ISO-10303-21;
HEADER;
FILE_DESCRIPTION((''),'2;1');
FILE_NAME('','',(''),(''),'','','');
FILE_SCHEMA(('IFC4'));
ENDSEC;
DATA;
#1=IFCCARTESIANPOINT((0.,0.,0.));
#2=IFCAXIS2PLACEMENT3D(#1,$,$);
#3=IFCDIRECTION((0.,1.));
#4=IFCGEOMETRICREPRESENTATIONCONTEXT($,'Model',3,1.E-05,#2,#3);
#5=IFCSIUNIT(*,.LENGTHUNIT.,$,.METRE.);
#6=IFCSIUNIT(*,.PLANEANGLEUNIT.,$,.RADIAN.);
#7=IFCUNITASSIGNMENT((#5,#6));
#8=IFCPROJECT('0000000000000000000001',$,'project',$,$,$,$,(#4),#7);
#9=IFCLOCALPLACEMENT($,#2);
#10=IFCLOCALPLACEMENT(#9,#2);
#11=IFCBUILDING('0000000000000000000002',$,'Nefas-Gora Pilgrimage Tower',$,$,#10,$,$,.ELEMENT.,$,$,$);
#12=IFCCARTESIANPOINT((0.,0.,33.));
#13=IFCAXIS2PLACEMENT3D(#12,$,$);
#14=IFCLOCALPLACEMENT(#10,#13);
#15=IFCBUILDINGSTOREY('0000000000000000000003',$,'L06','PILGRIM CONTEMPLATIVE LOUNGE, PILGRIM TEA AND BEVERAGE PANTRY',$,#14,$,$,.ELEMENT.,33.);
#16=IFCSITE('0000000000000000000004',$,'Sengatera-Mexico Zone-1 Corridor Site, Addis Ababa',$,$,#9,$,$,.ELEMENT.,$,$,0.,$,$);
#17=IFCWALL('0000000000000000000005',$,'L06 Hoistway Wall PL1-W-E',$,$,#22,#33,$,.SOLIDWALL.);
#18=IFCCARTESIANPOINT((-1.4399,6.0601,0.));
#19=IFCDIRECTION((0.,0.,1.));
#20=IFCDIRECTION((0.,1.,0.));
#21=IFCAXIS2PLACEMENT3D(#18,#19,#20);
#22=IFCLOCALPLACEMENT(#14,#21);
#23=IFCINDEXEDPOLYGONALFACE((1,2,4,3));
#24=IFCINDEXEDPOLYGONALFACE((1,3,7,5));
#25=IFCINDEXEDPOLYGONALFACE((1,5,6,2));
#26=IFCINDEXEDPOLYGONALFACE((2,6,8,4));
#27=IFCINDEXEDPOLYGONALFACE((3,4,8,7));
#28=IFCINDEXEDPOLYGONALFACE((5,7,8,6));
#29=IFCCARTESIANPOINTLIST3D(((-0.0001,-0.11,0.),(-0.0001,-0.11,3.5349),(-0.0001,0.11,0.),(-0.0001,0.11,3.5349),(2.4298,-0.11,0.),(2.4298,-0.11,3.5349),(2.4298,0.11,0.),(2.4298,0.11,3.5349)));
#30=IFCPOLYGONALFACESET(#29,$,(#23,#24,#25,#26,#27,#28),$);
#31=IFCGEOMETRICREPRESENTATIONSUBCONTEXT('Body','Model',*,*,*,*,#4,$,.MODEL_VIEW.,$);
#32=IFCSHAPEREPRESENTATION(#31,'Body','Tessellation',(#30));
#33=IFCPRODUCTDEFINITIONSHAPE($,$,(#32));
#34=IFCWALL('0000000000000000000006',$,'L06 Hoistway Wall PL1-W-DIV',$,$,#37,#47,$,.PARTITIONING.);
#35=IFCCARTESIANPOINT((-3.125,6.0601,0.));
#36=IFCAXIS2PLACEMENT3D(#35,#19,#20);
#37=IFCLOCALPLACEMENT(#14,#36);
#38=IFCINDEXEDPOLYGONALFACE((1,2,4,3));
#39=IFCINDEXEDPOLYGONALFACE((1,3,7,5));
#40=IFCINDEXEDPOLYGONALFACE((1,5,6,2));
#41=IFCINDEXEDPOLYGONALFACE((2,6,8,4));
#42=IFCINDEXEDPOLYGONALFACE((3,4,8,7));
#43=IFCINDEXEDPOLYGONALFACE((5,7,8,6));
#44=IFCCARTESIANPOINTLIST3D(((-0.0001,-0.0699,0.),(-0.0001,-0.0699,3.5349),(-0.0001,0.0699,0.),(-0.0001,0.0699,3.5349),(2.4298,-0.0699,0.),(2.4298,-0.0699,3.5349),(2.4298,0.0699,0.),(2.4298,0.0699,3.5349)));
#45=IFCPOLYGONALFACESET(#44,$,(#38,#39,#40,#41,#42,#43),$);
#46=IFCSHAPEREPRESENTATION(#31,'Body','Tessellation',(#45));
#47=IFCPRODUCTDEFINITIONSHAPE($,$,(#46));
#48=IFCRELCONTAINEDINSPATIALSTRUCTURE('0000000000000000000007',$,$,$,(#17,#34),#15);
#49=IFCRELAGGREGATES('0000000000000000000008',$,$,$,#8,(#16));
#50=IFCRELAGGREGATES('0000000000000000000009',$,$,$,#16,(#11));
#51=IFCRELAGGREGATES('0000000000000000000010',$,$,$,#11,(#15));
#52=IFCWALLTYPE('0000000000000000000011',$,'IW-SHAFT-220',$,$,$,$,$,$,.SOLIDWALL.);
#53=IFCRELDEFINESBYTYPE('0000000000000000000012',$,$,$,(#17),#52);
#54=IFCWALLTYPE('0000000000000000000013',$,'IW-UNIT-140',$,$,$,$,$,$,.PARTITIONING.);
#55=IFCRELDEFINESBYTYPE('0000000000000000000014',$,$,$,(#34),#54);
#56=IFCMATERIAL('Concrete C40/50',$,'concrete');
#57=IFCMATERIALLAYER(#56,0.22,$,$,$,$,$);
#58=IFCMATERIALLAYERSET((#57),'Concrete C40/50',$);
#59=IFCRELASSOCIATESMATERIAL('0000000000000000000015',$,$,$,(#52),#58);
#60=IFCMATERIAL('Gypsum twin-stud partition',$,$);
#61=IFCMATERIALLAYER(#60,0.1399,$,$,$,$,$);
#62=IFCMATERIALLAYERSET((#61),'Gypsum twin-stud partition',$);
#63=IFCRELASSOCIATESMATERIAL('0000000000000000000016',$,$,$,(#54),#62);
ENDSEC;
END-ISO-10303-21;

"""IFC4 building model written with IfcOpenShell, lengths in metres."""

from ifc_helpers import new_model, si_unit, direction, frame, frame_2d, origin, place, context, subcontext, project, spatial, rectangle, extrude, source, transform, mapped, material, layer, layer_set, type_object, element, save


model = new_model("IFC4")

# Units and contexts
model_context = context("Model", 3, precision=1e-05, world=origin(), true_north=direction((0.0, 1.0)))
body_context = subcontext(model_context, "Body", "Model", "MODEL_VIEW")
ifc_project = project(units=[si_unit("LENGTHUNIT", "METRE"), si_unit("PLANEANGLEUNIT", "RADIAN")], contexts=[model_context])

# Site, building, storey
site_placement = place(None, origin())
site = spatial("IfcSite", under=ifc_project, at=site_placement, Name="Sengatera-Mexico Zone-1 Corridor Site, Addis Ababa", CompositionType="ELEMENT", RefElevation=0.0)
building_placement = place(site_placement, origin())
building = spatial("IfcBuilding", under=site, at=building_placement, Name="Nefas-Gora Pilgrimage Tower", CompositionType="ELEMENT")
storey_placement = place(building_placement, frame((0.0, 0.0, 33.0)))
storey = spatial("IfcBuildingStorey", under=building, at=storey_placement, Name="L06", Description="PILGRIM CONTEMPLATIVE LOUNGE, PILGRIM TEA AND BEVERAGE PANTRY", CompositionType="ELEMENT", Elevation=33.0)

# Shared definitions
ifc_material_1 = material(Name="Concrete C40/50", Category="concrete")

# Walls
ifc_layer_1 = layer(ifc_material_1, 0.22)
ifc_layer_set_1 = layer_set([ifc_layer_1], Name="Concrete C40/50")
wall_type_1 = type_object("IfcWallType", Name="IW-SHAFT-220", PredefinedType="SOLIDWALL", material=ifc_layer_set_1)
shared_shape_1 = source(origin(), body_context, "Body", "SweptSolid", [
    extrude(rectangle(XDim=2.4299, YDim=0.22, at=frame_2d((1.2148, 0.0))), origin(), (0.0, 0.0, 1.0), 3.5349),
])
wall_1_placement = place(storey_placement, frame((-1.4399, 6.0601, 0.0), z_axis=(0.0, 0.0, 1.0), x_axis=(0.0, 1.0, 0.0)))
element("IfcWall", 1, at=wall_1_placement, inside=storey, type_object=wall_type_1, Name="L06 Hoistway Wall PL1-W-E", PredefinedType="SOLIDWALL", context=body_context, shape_type="MappedRepresentation", body=[
    mapped(shared_shape_1, transform((0.0, 0.0, 0.0), x_axis=(1.0, 0.0, 0.0), y_axis=(0.0, 1.0, 0.0), z_axis=(0.0, 0.0, 1.0), scale=1.0)),
])
ifc_material_2 = material(Name="Gypsum twin-stud partition")
ifc_layer_2 = layer(ifc_material_2, 0.1399)
ifc_layer_set_2 = layer_set([ifc_layer_2], Name="Gypsum twin-stud partition")
wall_type_2 = type_object("IfcWallType", Name="IW-UNIT-140", PredefinedType="PARTITIONING", material=ifc_layer_set_2)
shared_shape_2 = source(origin(), body_context, "Body", "SweptSolid", [
    extrude(rectangle(XDim=2.4299, YDim=0.1399, at=frame_2d((1.2148, 0.0))), origin(), (0.0, 0.0, 1.0), 3.5349),
])
wall_2_placement = place(storey_placement, frame((-3.125, 6.0601, 0.0), z_axis=(0.0, 0.0, 1.0), x_axis=(0.0, 1.0, 0.0)))
element("IfcWall", 2, at=wall_2_placement, inside=storey, type_object=wall_type_2, Name="L06 Hoistway Wall PL1-W-DIV", PredefinedType="PARTITIONING", context=body_context, shape_type="MappedRepresentation", body=[
    mapped(shared_shape_2, transform((0.0, 0.0, 0.0), x_axis=(1.0, 0.0, 0.0), y_axis=(0.0, 1.0, 0.0), z_axis=(0.0, 0.0, 1.0), scale=1.0)),
])

save(model, "model.ifc")
